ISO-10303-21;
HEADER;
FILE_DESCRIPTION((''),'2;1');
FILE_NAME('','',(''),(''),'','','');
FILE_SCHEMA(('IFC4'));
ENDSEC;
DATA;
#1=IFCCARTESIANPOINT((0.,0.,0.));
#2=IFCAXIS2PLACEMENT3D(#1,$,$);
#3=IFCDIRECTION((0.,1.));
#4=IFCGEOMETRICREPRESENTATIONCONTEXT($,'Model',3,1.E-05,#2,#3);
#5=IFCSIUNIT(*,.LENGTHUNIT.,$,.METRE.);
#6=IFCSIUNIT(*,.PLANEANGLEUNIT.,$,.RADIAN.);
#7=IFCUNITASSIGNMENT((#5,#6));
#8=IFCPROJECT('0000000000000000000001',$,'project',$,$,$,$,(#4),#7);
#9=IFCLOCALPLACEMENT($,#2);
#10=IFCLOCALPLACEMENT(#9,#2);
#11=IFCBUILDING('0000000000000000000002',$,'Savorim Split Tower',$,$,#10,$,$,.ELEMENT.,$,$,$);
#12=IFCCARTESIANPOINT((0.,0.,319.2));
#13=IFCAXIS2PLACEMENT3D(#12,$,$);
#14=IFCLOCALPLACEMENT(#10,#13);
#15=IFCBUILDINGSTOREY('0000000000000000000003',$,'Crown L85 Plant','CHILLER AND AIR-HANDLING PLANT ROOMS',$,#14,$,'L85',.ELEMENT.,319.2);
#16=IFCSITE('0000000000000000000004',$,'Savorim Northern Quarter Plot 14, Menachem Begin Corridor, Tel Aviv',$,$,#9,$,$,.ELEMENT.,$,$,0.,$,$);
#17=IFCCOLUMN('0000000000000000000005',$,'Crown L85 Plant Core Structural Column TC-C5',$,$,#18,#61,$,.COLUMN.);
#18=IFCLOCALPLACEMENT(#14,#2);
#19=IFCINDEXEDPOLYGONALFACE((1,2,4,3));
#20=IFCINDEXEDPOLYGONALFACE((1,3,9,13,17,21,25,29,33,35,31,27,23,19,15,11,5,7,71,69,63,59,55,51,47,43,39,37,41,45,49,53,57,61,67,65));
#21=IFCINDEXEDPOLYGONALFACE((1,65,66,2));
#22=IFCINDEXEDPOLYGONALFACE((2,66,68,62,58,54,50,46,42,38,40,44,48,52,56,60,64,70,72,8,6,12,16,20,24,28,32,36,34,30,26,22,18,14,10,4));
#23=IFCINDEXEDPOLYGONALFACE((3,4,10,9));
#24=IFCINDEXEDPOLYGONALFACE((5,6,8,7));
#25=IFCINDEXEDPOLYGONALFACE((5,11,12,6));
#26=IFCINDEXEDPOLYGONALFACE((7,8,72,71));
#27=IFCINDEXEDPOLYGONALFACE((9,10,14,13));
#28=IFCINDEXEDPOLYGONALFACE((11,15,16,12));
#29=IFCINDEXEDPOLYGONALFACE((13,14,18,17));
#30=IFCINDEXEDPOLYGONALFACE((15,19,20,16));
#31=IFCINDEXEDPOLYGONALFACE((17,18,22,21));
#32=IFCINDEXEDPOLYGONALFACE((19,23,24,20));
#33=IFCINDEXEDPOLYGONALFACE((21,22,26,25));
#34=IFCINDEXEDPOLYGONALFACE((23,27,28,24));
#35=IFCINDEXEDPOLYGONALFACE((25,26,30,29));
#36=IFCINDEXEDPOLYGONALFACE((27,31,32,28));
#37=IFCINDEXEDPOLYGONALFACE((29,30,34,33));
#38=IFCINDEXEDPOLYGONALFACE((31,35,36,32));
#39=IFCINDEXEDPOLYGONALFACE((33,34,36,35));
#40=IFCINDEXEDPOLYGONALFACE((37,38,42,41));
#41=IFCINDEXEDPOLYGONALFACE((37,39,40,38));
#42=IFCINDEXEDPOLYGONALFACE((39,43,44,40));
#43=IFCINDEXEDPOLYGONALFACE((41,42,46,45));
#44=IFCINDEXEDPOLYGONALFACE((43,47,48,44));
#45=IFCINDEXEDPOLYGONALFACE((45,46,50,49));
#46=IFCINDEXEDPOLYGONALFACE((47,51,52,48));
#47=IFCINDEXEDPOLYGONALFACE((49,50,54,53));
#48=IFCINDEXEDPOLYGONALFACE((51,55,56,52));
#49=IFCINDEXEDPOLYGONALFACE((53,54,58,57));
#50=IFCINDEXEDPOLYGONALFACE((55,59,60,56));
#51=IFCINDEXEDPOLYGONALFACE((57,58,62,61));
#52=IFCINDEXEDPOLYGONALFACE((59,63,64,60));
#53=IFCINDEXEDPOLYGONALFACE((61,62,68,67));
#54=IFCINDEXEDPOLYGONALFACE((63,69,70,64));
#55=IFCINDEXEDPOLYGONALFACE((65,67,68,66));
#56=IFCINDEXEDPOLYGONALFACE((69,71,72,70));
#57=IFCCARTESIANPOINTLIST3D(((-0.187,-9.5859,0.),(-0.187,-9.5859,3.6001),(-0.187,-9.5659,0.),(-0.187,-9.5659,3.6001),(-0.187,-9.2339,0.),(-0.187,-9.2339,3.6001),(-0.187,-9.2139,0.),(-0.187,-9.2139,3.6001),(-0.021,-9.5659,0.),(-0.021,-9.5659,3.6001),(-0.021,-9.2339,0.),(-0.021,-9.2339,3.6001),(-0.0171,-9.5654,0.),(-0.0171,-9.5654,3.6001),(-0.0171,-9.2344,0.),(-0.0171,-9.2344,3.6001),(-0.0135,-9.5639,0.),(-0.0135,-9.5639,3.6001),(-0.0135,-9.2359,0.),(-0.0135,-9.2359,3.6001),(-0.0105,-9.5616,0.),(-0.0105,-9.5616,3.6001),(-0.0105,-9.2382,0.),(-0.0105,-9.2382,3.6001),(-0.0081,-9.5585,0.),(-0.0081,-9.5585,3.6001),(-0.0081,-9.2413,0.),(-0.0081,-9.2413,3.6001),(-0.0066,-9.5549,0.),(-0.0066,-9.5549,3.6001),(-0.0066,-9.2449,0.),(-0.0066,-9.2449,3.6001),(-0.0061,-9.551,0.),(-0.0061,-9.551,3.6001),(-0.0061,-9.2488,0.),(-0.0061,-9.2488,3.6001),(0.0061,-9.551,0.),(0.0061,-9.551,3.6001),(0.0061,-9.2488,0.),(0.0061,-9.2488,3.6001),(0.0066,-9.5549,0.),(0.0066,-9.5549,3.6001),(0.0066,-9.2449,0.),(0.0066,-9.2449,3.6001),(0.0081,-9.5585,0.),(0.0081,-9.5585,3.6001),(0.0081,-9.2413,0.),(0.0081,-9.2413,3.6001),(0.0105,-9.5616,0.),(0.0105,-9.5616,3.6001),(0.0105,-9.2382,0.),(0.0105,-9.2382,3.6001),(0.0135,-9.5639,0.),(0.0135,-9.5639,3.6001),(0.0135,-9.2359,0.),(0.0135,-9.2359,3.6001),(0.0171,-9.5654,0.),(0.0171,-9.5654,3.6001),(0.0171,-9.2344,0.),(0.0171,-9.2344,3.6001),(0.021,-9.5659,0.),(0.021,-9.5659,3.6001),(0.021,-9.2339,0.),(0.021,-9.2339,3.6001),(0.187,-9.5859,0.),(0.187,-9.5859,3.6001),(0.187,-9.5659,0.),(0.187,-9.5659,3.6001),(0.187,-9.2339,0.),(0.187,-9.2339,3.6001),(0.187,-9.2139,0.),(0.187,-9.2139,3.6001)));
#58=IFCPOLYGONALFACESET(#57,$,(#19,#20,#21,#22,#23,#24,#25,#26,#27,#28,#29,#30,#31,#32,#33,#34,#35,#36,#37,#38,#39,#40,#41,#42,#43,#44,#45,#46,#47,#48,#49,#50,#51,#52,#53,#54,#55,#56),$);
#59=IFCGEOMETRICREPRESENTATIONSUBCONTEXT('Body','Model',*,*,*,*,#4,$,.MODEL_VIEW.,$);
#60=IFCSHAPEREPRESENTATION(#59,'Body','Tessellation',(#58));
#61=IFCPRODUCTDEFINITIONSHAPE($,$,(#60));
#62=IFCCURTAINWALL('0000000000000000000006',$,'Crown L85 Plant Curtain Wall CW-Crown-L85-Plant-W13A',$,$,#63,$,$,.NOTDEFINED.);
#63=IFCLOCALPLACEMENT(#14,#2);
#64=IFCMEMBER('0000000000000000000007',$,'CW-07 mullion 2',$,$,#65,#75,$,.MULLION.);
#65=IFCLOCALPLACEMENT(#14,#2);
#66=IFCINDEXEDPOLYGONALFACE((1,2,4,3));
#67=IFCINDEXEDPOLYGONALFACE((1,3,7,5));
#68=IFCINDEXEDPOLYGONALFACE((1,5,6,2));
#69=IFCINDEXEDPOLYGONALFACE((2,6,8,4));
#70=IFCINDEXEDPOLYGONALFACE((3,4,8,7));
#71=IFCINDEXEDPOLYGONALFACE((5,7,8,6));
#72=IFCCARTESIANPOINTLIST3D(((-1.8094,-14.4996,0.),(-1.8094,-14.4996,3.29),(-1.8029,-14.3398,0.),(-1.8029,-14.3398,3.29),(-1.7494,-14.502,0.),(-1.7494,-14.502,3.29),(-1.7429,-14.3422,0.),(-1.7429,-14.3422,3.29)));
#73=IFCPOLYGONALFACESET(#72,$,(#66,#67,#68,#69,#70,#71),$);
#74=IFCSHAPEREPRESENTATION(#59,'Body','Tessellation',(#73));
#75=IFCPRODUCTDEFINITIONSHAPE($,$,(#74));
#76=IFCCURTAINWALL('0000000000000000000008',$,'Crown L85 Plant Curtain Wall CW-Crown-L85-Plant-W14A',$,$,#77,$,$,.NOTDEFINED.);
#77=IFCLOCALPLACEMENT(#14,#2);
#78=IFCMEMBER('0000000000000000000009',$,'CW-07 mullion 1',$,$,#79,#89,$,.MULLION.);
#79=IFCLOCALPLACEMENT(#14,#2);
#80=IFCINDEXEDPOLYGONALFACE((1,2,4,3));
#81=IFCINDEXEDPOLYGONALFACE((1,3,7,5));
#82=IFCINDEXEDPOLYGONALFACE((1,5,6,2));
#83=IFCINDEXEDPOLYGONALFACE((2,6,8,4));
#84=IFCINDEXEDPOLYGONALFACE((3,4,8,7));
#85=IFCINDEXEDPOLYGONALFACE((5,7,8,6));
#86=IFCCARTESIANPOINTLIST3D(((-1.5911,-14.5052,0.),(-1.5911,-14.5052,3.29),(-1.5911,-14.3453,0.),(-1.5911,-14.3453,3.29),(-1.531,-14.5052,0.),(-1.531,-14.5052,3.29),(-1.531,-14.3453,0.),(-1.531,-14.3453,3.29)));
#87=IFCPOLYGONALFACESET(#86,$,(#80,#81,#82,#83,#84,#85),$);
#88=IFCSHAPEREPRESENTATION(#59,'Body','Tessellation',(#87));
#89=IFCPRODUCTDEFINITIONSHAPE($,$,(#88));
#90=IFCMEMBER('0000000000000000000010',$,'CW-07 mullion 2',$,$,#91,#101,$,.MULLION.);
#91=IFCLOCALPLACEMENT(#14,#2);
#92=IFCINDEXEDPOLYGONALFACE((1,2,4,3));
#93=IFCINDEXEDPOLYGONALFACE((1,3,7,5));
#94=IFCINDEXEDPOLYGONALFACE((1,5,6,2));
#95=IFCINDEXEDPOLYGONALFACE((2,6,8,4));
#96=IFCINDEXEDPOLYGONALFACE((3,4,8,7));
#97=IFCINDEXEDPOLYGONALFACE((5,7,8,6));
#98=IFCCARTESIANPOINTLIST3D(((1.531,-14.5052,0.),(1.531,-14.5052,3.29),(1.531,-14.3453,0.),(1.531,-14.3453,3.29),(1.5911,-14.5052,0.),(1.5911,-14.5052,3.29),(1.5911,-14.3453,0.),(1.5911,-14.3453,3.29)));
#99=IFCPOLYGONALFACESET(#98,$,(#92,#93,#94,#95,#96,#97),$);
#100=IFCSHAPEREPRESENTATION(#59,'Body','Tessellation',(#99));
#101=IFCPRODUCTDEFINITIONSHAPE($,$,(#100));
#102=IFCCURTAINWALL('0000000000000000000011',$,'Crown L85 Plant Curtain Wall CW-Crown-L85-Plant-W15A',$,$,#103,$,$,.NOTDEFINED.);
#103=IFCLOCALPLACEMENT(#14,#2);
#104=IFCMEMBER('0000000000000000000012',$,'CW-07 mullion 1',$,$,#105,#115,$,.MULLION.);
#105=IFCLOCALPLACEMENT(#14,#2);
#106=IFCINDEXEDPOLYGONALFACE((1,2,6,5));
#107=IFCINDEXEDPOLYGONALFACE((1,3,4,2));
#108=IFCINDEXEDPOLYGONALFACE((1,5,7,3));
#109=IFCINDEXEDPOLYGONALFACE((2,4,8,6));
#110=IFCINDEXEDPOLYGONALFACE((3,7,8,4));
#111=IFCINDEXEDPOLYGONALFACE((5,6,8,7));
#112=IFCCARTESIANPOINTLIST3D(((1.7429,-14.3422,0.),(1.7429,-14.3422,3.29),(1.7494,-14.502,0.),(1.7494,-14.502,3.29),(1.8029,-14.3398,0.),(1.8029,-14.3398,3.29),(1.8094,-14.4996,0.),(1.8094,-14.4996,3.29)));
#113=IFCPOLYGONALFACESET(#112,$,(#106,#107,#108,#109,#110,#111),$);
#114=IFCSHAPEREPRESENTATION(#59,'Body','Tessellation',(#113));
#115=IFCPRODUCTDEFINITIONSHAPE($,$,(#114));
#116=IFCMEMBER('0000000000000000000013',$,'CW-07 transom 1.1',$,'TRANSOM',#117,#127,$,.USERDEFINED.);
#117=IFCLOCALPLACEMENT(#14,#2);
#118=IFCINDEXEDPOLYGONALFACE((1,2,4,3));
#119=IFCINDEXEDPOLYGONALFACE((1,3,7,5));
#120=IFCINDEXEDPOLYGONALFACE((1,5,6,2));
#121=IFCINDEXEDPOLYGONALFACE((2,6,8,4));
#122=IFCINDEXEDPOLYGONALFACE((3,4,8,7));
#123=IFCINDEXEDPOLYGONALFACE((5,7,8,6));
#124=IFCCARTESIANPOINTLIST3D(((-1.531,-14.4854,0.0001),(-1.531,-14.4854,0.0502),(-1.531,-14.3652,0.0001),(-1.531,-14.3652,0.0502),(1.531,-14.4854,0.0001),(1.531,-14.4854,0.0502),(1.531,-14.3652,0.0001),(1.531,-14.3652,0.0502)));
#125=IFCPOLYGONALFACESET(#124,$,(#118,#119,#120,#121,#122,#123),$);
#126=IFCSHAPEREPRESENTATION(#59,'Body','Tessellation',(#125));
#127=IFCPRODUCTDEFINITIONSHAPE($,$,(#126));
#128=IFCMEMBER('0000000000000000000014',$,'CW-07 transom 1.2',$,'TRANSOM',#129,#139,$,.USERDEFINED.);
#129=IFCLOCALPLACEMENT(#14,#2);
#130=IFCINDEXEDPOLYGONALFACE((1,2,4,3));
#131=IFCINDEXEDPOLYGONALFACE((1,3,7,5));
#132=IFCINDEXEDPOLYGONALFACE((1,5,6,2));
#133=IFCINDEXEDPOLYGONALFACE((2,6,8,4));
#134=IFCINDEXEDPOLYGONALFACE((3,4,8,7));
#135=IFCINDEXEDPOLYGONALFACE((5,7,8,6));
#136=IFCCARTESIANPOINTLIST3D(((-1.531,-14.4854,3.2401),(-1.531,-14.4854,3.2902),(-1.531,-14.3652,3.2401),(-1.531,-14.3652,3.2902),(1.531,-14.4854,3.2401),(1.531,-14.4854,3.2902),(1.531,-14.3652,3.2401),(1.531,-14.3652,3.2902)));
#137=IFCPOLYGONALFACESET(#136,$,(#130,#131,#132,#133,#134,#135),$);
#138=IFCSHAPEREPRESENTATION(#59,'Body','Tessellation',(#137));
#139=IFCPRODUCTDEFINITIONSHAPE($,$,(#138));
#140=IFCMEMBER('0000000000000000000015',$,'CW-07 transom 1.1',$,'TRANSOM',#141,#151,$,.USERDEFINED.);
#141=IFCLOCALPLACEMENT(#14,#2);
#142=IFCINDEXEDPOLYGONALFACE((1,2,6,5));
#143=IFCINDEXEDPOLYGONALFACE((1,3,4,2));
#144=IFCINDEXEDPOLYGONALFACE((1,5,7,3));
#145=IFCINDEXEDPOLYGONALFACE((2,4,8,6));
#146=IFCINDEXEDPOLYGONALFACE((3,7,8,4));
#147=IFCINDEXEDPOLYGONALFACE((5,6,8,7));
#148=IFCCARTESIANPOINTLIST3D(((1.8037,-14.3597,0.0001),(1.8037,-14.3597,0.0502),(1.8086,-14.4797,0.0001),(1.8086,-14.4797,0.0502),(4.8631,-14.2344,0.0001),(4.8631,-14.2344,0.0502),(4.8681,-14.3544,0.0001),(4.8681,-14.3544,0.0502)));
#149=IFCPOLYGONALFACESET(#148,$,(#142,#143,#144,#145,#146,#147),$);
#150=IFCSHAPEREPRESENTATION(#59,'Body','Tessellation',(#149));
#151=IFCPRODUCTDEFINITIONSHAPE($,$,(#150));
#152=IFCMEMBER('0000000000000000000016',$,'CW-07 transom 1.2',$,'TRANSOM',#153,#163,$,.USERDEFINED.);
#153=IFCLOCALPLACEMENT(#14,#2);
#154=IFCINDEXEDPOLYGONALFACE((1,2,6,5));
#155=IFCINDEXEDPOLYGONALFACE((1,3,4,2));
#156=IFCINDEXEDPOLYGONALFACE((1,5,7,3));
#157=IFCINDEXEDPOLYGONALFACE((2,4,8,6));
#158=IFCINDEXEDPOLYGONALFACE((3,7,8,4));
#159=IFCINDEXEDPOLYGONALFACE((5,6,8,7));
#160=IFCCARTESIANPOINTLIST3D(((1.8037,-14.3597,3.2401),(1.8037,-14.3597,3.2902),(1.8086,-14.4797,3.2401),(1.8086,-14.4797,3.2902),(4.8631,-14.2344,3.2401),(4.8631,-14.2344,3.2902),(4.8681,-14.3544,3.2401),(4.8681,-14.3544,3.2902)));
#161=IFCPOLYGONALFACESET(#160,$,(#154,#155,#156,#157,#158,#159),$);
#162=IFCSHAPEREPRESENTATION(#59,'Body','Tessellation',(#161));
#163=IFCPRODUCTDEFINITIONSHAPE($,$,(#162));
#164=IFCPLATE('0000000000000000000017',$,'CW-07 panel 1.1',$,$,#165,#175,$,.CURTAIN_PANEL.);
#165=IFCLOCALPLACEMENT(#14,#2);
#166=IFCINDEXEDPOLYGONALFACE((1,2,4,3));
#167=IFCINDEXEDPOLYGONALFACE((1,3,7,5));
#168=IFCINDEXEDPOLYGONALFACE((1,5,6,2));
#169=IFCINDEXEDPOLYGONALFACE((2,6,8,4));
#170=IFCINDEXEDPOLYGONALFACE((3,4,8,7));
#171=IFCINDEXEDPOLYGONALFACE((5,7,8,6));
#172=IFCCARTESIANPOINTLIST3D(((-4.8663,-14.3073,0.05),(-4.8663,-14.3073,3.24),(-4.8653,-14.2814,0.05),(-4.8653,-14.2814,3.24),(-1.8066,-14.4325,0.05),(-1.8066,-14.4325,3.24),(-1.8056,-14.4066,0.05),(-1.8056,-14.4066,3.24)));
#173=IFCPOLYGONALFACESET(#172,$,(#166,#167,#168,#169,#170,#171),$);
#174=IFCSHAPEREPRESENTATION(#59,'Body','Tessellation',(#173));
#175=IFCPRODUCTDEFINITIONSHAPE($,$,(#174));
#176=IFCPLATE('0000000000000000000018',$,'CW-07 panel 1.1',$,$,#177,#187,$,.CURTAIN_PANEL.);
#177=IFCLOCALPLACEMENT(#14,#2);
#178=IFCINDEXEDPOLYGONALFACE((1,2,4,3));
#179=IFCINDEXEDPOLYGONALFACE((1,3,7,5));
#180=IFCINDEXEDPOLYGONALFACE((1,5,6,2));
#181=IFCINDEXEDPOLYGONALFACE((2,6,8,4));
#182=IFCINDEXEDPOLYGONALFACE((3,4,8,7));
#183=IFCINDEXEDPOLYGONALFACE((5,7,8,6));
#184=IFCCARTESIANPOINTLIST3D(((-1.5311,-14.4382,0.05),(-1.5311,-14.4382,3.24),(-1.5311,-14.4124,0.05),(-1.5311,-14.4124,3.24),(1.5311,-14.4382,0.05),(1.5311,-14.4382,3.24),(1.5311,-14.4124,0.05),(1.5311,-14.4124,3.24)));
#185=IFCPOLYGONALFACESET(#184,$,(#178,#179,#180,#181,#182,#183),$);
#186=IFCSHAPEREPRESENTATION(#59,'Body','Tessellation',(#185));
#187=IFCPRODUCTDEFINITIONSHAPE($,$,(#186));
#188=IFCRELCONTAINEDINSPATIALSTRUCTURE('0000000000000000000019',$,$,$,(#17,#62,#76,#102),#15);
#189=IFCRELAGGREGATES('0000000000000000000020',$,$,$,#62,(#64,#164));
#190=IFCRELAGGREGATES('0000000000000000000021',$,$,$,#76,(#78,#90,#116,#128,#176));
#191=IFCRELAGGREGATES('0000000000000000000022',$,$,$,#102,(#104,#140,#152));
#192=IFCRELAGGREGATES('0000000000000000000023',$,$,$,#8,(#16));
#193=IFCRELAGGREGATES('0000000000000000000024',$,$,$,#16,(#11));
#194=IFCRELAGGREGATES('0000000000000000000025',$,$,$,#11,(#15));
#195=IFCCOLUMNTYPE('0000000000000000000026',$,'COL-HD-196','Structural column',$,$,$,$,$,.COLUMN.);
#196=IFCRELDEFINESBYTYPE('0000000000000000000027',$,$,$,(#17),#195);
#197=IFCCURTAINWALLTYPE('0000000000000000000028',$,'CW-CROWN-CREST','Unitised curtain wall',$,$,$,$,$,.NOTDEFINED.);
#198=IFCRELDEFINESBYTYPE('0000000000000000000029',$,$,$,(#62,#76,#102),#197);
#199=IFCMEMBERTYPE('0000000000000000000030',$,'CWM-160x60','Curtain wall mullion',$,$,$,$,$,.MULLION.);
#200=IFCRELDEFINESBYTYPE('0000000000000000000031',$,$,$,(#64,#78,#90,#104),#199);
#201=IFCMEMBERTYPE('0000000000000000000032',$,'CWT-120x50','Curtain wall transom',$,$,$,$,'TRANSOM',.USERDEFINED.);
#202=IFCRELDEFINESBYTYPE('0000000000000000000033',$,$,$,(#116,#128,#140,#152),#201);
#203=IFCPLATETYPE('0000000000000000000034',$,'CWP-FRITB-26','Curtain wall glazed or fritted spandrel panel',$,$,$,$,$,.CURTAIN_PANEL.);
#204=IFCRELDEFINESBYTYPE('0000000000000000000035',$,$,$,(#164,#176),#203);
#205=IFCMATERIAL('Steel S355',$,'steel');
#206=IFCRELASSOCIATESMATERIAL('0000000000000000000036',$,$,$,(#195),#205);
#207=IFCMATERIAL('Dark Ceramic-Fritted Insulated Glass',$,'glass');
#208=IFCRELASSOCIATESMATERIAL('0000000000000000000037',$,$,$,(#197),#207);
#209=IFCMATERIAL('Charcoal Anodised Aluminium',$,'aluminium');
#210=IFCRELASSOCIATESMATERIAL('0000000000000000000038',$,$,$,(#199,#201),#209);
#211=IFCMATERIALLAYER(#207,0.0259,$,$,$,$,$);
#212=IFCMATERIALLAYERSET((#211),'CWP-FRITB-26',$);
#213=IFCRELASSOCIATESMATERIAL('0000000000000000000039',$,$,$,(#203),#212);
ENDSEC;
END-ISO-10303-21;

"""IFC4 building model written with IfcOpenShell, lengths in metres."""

from ifc_helpers import new_model, si_unit, direction, frame, origin, origin_2d, place, context, subcontext, project, spatial, rectangle, i_section, extrude, material, layer, layer_set, material_profile, profile_set, type_object, element, aggregate, save


model = new_model("IFC4")

# Units and contexts
model_context = context("Model", 3, precision=1e-05, world=origin(), true_north=direction((0.0, 1.0)))
body_context = subcontext(model_context, "Body", "Model", "MODEL_VIEW")
ifc_project = project(units=[si_unit("LENGTHUNIT", "METRE"), si_unit("PLANEANGLEUNIT", "RADIAN")], contexts=[model_context])

# Site, building, storey
site_placement = place(None, origin())
site = spatial("IfcSite", under=ifc_project, at=site_placement, Name="Savorim Northern Quarter Plot 14, Menachem Begin Corridor, Tel Aviv", CompositionType="ELEMENT", RefElevation=0.0)
building_placement = place(site_placement, origin())
building = spatial("IfcBuilding", under=site, at=building_placement, Name="Savorim Split Tower", CompositionType="ELEMENT")
storey_placement = place(building_placement, frame((0.0, 0.0, 319.2)))
storey = spatial("IfcBuildingStorey", under=building, at=storey_placement, Name="Crown L85 Plant", Description="CHILLER AND AIR-HANDLING PLANT ROOMS", LongName="L85", CompositionType="ELEMENT", Elevation=319.2)

# Column
ifc_material_1 = material(Name="Steel S355", Category="steel")
ifc_material_profile_1 = material_profile(ifc_material_1, i_section(OverallWidth=0.374, OverallDepth=0.3721, WebThickness=0.0122, FlangeThickness=0.02, FilletRadius=0.0149, at=origin_2d()), Name="HD 360x196")
ifc_profile_set_1 = profile_set([ifc_material_profile_1], Name="Steel S355")
column_type = type_object("IfcColumnType", Name="COL-HD-196", Description="Structural column", PredefinedType="COLUMN", material=ifc_profile_set_1)
column_placement = place(storey_placement, frame((0.0, -9.3999, 0.0), z_axis=(0.0, 0.0, 1.0), x_axis=(1.0, 0.0, 0.0)))
element("IfcColumn", 1, at=column_placement, inside=storey, type_object=column_type, Name="Crown L85 Plant Core Structural Column TC-C5", PredefinedType="COLUMN", context=body_context, shape_type="SweptSolid", body=[
    extrude(i_section(OverallWidth=0.374, OverallDepth=0.3721, WebThickness=0.0122, FlangeThickness=0.02, FilletRadius=0.0149, at=origin_2d()), origin(), (0.0, 0.0, 1.0), 3.6001),
])

# Curtain wall, member
ifc_material_2 = material(Name="Dark Ceramic-Fritted Insulated Glass", Category="glass")
curtain_wall_type = type_object("IfcCurtainWallType", Name="CW-CROWN-CREST", Description="Unitised curtain wall", PredefinedType="NOTDEFINED", material=ifc_material_2)
curtain_wall_1_placement = place(storey_placement, origin())
curtain_wall_1 = element("IfcCurtainWall", 2, at=curtain_wall_1_placement, inside=storey, type_object=curtain_wall_type, Name="Crown L85 Plant Curtain Wall CW-Crown-L85-Plant-W13A", PredefinedType="NOTDEFINED")
ifc_material_3 = material(Name="Charcoal Anodised Aluminium", Category="aluminium")
ifc_material_profile_2 = material_profile(ifc_material_3, rectangle(XDim=0.1599, YDim=0.0601, at=origin_2d()), Name="ALU-M 160x60")
ifc_profile_set_2 = profile_set([ifc_material_profile_2], Name="Charcoal Anodised Aluminium")
member_type_1 = type_object("IfcMemberType", Name="CWM-160x60", Description="Curtain wall mullion", PredefinedType="MULLION", material=ifc_profile_set_2)
member_1_placement = place(storey_placement, frame((-1.7761, -14.4209, 0.0), z_axis=(0.0, 0.0, 1.0), x_axis=(0.040883, 0.999164, 0.0)))
member_1 = element("IfcMember", 3, at=member_1_placement, type_object=member_type_1, Name="CW-07 mullion 2", PredefinedType="MULLION", context=body_context, shape_type="SweptSolid", body=[
    extrude(rectangle(XDim=0.1599, YDim=0.0601, at=origin_2d()), origin(), (0.0, 0.0, 1.0), 3.29),
])

# Curtain wall, members
curtain_wall_2_placement = place(storey_placement, origin())
curtain_wall_2 = element("IfcCurtainWall", 4, at=curtain_wall_2_placement, inside=storey, type_object=curtain_wall_type, Name="Crown L85 Plant Curtain Wall CW-Crown-L85-Plant-W14A", PredefinedType="NOTDEFINED")
member_2_placement = place(storey_placement, frame((-1.561, -14.4253, 0.0), z_axis=(0.0, 0.0, 1.0), x_axis=(0.0, 1.0, 0.0)))
member_2 = element("IfcMember", 5, at=member_2_placement, type_object=member_type_1, Name="CW-07 mullion 1", PredefinedType="MULLION", context=body_context, shape_type="SweptSolid", body=[
    extrude(rectangle(XDim=0.1599, YDim=0.0601, at=origin_2d()), origin(), (0.0, 0.0, 1.0), 3.29),
])
member_3_placement = place(storey_placement, frame((1.561, -14.4253, 0.0), z_axis=(0.0, 0.0, 1.0), x_axis=(0.0, 1.0, 0.0)))
member_3 = element("IfcMember", 6, at=member_3_placement, type_object=member_type_1, Name="CW-07 mullion 2", PredefinedType="MULLION", context=body_context, shape_type="SweptSolid", body=[
    extrude(rectangle(XDim=0.1599, YDim=0.0601, at=origin_2d()), origin(), (0.0, 0.0, 1.0), 3.29),
])

# Curtain wall, member
curtain_wall_3_placement = place(storey_placement, origin())
curtain_wall_3 = element("IfcCurtainWall", 7, at=curtain_wall_3_placement, inside=storey, type_object=curtain_wall_type, Name="Crown L85 Plant Curtain Wall CW-Crown-L85-Plant-W15A", PredefinedType="NOTDEFINED")
member_4_placement = place(storey_placement, frame((1.7761, -14.4209, 0.0), z_axis=(0.0, 0.0, 1.0), x_axis=(-0.040883, 0.999164, 0.0)))
member_4 = element("IfcMember", 8, at=member_4_placement, type_object=member_type_1, Name="CW-07 mullion 1", PredefinedType="MULLION", context=body_context, shape_type="SweptSolid", body=[
    extrude(rectangle(XDim=0.1599, YDim=0.0601, at=origin_2d()), origin(), (0.0, 0.0, 1.0), 3.29),
])

# Members
ifc_material_profile_3 = material_profile(ifc_material_3, rectangle(XDim=0.1201, YDim=0.05, at=origin_2d()), Name="ALU-T 120x50")
ifc_profile_set_3 = profile_set([ifc_material_profile_3], Name="Charcoal Anodised Aluminium")
member_type_2 = type_object("IfcMemberType", Name="CWT-120x50", Description="Curtain wall transom", ElementType="TRANSOM", PredefinedType="USERDEFINED", material=ifc_profile_set_3)
member_5_placement = place(storey_placement, frame((-1.531, -14.4253, 0.0251), z_axis=(1.0, 0.0, 0.0), x_axis=(0.0, 1.0, 0.0)))
member_5 = element("IfcMember", 9, at=member_5_placement, type_object=member_type_2, Name="CW-07 transom 1.1", ObjectType="TRANSOM", PredefinedType="USERDEFINED", context=body_context, shape_type="SweptSolid", body=[
    extrude(rectangle(XDim=0.1201, YDim=0.05, at=origin_2d()), origin(), (0.0, 0.0, 1.0), 3.062),
])
member_6_placement = place(storey_placement, frame((-1.531, -14.4253, 3.2651), z_axis=(1.0, 0.0, 0.0), x_axis=(0.0, 1.0, 0.0)))
member_6 = element("IfcMember", 10, at=member_6_placement, type_object=member_type_2, Name="CW-07 transom 1.2", ObjectType="TRANSOM", PredefinedType="USERDEFINED", context=body_context, shape_type="SweptSolid", body=[
    extrude(rectangle(XDim=0.1201, YDim=0.05, at=origin_2d()), origin(), (0.0, 0.0, 1.0), 3.062),
])
member_7_placement = place(storey_placement, frame((1.8062, -14.4197, 0.0251), z_axis=(0.999163, 0.040901, 0.0), x_axis=(-0.040901, 0.999163, 0.0)))
member_7 = element("IfcMember", 11, at=member_7_placement, type_object=member_type_2, Name="CW-07 transom 1.1", ObjectType="TRANSOM", PredefinedType="USERDEFINED", context=body_context, shape_type="SweptSolid", body=[
    extrude(rectangle(XDim=0.1201, YDim=0.05, at=origin_2d()), origin(), (0.0, 0.0, 1.0), 3.062),
])
member_8_placement = place(storey_placement, frame((1.8062, -14.4197, 3.2651), z_axis=(0.999163, 0.040901, 0.0), x_axis=(-0.040901, 0.999163, 0.0)))
member_8 = element("IfcMember", 12, at=member_8_placement, type_object=member_type_2, Name="CW-07 transom 1.2", ObjectType="TRANSOM", PredefinedType="USERDEFINED", context=body_context, shape_type="SweptSolid", body=[
    extrude(rectangle(XDim=0.1201, YDim=0.05, at=origin_2d()), origin(), (0.0, 0.0, 1.0), 3.062),
])

# Plates
ifc_layer_1 = layer(ifc_material_2, 0.0259)
ifc_layer_set_1 = layer_set([ifc_layer_1], Name="CWP-FRITB-26")
plate_type = type_object("IfcPlateType", Name="CWP-FRITB-26", Description="Curtain wall glazed or fritted spandrel panel", PredefinedType="CURTAIN_PANEL", material=ifc_layer_set_1)
plate_1_placement = place(storey_placement, frame((-3.3359, -14.3569, 0.05), z_axis=(0.0, 0.0, 1.0), x_axis=(0.999164, -0.040883, 0.0)))
plate_1 = element("IfcPlate", 13, at=plate_1_placement, type_object=plate_type, Name="CW-07 panel 1.1", PredefinedType="CURTAIN_PANEL", context=body_context, shape_type="SweptSolid", body=[
    extrude(rectangle(XDim=3.0623, YDim=0.0259, at=origin_2d()), origin(), (0.0, 0.0, 1.0), 3.1899),
])
aggregate(curtain_wall_1, [member_1, plate_1])
plate_2_placement = place(storey_placement, frame((0.0, -14.4253, 0.05), z_axis=(0.0, 0.0, 1.0), x_axis=(1.0, 0.0, 0.0)))
plate_2 = element("IfcPlate", 14, at=plate_2_placement, type_object=plate_type, Name="CW-07 panel 1.1", PredefinedType="CURTAIN_PANEL", context=body_context, shape_type="SweptSolid", body=[
    extrude(rectangle(XDim=3.0623, YDim=0.0259, at=origin_2d()), origin(), (0.0, 0.0, 1.0), 3.1899),
])
aggregate(curtain_wall_2, [member_2, member_3, member_5, member_6, plate_2])
aggregate(curtain_wall_3, [member_4, member_7, member_8])

save(model, "model.ifc")
